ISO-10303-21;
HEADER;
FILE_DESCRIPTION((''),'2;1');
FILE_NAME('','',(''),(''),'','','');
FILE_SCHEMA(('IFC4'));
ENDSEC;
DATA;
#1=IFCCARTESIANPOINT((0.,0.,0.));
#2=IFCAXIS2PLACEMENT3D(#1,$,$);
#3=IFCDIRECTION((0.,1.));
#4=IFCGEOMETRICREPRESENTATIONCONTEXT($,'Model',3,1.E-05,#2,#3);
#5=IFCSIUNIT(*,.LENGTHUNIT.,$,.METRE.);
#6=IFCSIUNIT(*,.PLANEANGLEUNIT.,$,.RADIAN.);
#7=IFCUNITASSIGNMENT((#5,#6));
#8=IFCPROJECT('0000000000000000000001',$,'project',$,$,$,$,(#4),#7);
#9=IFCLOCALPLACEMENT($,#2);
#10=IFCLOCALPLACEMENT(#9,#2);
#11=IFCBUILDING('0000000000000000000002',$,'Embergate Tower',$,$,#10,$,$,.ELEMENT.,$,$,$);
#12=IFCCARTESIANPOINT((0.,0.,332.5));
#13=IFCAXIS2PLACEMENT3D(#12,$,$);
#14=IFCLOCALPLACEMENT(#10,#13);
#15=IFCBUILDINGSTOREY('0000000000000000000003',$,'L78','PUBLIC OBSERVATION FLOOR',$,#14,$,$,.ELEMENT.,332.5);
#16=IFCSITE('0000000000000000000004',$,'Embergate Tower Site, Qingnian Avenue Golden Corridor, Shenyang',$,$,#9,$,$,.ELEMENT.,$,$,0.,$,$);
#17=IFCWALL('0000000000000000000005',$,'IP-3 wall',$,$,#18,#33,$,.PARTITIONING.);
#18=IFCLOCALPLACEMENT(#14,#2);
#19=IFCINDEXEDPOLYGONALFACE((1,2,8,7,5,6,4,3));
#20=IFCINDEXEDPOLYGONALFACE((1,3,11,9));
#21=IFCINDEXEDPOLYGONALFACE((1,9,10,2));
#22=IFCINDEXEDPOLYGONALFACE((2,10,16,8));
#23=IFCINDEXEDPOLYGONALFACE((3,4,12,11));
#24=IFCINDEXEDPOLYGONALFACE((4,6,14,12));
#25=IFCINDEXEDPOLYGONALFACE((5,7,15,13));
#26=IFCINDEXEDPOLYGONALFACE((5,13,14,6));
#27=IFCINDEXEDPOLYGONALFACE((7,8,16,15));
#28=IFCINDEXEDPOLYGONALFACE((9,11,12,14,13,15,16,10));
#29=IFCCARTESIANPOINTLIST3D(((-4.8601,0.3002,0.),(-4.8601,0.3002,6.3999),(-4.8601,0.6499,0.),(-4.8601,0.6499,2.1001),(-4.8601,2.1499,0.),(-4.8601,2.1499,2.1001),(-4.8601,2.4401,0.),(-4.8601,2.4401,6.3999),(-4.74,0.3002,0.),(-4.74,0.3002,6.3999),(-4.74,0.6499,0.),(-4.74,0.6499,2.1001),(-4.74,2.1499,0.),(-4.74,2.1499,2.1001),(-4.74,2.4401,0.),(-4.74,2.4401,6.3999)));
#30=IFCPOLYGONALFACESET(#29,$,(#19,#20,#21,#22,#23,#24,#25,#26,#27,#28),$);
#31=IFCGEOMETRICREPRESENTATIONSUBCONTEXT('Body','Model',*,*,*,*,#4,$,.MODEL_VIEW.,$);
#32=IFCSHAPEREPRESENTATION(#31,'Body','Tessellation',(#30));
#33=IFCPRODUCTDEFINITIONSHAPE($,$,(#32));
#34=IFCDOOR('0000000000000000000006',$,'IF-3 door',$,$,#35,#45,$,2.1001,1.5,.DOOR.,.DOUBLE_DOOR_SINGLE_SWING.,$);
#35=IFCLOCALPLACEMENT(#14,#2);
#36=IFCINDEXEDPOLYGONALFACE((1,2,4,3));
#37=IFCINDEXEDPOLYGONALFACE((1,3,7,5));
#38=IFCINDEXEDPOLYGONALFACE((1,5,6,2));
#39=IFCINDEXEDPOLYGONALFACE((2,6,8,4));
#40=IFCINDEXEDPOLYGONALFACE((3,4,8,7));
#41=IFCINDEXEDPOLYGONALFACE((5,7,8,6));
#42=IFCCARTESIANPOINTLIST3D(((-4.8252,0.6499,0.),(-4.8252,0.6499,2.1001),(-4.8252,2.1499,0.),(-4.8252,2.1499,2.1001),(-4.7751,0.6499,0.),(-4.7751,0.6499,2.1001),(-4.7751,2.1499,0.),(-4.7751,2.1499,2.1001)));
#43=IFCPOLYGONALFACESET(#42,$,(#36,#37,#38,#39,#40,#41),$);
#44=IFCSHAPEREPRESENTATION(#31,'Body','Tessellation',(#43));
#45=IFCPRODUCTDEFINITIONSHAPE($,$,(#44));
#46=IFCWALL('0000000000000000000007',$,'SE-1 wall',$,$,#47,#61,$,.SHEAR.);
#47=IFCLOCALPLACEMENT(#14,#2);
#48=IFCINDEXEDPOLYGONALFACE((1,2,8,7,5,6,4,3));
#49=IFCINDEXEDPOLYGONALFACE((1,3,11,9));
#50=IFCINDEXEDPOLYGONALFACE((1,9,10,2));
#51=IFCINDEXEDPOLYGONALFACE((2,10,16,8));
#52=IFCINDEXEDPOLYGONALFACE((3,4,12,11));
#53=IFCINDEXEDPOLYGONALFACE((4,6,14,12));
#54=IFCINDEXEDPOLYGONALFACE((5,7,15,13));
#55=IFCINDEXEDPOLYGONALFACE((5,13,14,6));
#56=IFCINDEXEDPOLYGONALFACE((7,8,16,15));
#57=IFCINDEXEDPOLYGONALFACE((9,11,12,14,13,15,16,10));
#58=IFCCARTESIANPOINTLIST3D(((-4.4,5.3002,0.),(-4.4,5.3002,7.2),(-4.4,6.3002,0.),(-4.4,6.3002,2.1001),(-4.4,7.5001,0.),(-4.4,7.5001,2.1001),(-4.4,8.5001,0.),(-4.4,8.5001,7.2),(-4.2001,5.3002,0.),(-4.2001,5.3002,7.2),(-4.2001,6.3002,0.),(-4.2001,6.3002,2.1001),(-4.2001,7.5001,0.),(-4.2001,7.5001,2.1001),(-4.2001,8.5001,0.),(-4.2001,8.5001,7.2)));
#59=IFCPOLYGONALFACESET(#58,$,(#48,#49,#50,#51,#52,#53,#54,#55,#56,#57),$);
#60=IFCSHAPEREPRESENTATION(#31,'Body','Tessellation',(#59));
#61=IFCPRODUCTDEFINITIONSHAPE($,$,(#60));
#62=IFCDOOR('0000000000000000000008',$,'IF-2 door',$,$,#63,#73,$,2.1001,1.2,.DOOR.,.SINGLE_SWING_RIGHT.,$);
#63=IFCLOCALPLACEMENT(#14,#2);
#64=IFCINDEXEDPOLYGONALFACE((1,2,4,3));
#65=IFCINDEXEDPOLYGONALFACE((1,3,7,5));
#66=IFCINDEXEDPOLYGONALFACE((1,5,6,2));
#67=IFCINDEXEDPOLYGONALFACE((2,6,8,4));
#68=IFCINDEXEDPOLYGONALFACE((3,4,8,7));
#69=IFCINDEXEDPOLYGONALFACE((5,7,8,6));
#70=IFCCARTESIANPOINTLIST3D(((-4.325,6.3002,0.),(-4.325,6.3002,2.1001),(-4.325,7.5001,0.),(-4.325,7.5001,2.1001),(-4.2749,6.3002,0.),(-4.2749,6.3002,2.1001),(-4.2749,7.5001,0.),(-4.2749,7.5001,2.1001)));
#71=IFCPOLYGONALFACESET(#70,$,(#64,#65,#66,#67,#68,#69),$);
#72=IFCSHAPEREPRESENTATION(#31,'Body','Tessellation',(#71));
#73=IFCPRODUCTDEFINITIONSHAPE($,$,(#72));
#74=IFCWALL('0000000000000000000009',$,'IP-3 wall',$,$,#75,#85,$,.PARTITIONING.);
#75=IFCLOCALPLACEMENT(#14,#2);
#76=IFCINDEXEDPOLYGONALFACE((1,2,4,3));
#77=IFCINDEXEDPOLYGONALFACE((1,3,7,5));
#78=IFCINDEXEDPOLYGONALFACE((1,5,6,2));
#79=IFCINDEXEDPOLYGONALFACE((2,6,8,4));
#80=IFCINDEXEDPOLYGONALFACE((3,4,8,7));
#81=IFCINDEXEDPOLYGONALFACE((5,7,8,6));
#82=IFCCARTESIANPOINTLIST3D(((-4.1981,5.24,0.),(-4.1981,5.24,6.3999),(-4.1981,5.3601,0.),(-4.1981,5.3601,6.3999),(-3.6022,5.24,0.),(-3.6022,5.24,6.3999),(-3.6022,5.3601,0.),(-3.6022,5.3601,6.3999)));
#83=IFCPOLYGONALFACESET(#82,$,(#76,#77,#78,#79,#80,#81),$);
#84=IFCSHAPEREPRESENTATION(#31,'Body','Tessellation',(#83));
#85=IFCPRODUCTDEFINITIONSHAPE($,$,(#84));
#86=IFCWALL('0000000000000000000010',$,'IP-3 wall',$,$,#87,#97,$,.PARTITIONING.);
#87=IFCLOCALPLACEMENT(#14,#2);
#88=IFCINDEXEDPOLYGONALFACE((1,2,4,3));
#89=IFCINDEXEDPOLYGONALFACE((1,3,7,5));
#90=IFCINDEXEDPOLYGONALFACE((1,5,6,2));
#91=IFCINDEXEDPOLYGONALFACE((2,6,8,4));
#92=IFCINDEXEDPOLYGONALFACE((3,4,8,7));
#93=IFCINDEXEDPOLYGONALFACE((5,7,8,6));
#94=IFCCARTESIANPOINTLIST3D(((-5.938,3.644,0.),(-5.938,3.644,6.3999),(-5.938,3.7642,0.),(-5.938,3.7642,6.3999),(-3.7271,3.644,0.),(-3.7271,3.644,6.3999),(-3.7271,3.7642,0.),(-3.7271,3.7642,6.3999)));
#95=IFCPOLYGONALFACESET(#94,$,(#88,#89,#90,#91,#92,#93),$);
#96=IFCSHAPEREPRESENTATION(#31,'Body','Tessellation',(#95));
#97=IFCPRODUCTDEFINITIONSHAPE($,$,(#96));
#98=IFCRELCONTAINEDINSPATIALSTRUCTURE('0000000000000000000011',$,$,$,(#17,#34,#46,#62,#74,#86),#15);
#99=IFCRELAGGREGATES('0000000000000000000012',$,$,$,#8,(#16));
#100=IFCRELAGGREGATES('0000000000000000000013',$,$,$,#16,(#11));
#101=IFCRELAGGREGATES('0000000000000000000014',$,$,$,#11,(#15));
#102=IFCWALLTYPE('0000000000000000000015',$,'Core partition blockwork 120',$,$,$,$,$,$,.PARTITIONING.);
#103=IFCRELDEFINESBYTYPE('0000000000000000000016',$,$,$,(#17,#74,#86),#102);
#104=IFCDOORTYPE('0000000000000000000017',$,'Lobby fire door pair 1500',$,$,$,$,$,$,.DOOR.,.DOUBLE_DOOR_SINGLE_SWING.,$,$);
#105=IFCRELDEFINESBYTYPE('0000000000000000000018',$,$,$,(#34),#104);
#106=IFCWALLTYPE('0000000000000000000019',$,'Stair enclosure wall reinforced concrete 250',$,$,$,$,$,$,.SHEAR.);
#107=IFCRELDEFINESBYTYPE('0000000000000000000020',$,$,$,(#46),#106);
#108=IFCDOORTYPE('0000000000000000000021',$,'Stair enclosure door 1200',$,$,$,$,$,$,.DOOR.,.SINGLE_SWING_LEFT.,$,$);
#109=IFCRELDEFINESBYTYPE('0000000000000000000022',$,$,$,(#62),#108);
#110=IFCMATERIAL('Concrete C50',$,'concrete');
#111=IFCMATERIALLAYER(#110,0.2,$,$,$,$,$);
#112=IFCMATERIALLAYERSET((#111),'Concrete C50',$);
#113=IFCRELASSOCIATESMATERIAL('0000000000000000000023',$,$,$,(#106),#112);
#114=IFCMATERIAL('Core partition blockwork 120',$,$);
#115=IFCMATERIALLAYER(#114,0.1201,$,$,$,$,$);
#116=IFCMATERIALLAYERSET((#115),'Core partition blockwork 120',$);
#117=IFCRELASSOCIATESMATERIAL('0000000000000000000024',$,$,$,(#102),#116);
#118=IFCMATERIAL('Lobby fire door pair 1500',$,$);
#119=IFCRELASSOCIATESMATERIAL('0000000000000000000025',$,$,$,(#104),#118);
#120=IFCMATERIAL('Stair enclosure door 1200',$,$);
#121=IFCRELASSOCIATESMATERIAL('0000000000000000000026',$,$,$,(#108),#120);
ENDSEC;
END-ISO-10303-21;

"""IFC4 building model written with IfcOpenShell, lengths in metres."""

from ifc_helpers import new_model, si_unit, direction, frame, frame_2d, origin, place, context, subcontext, project, spatial, rectangle, extrude, source, transform, mapped, material, layer, layer_set, type_object, element, fill, save


model = new_model("IFC4")

# Units and contexts
model_context = context("Model", 3, precision=1e-05, world=origin(), true_north=direction((0.0, 1.0)))
body_context = subcontext(model_context, "Body", "Model", "MODEL_VIEW")
ifc_project = project(units=[si_unit("LENGTHUNIT", "METRE"), si_unit("PLANEANGLEUNIT", "RADIAN")], contexts=[model_context])

# Site, building, storey
site_placement = place(None, origin())
site = spatial("IfcSite", under=ifc_project, at=site_placement, Name="Embergate Tower Site, Qingnian Avenue Golden Corridor, Shenyang", CompositionType="ELEMENT", RefElevation=0.0)
building_placement = place(site_placement, origin())
building = spatial("IfcBuilding", under=site, at=building_placement, Name="Embergate Tower", CompositionType="ELEMENT")
storey_placement = place(building_placement, frame((0.0, 0.0, 332.5)))
storey = spatial("IfcBuildingStorey", under=building, at=storey_placement, Name="L78", Description="PUBLIC OBSERVATION FLOOR", CompositionType="ELEMENT", Elevation=332.5)

# Shared definitions
ifc_material_1 = material(Name="Concrete C50", Category="concrete")
ifc_layer_1 = layer(ifc_material_1, 0.2)
ifc_layer_set_1 = layer_set([ifc_layer_1], Name="Concrete C50")
wall_type_1 = type_object("IfcWallType", Name="Stair enclosure wall reinforced concrete 250", PredefinedType="SHEAR", material=ifc_layer_set_1)

# Walls, openings, doors
ifc_material_2 = material(Name="Core partition blockwork 120")
ifc_layer_2 = layer(ifc_material_2, 0.1201)
ifc_layer_set_2 = layer_set([ifc_layer_2], Name="Core partition blockwork 120")
wall_type_2 = type_object("IfcWallType", Name="Core partition blockwork 120", PredefinedType="PARTITIONING", material=ifc_layer_set_2)
shared_shape_1 = source(origin(), body_context, "Body", "SweptSolid", [
    extrude(rectangle(XDim=2.1399, YDim=0.1201, at=frame_2d((1.0698, 0.0))), origin(), (0.0, 0.0, 1.0), 6.3999),
])
wall_1_placement = place(storey_placement, frame((-4.8, 2.4399, 0.0), z_axis=(0.0, 0.0, 1.0), x_axis=(0.0, -1.0, 0.0)))
wall_1 = element("IfcWall", 1, at=wall_1_placement, inside=storey, type_object=wall_type_2, Name="IP-3 wall", PredefinedType="PARTITIONING", context=body_context, shape_type="MappedRepresentation", body=[
    mapped(shared_shape_1, transform((0.0, 0.0, 0.0))),
])
shared_shape_2 = source(origin(), body_context, "Body", "SweptSolid", [
    extrude(rectangle(XDim=1.5, YDim=2.1001, at=frame_2d((0.75, 1.05))), frame((0.0, 0.0701, 0.0), z_axis=(0.0, -1.0, 0.0), x_axis=(1.0, 0.0, 0.0)), (0.0, 0.0, 1.0), 0.1401),
])
opening_1_placement = place(wall_1_placement, frame((0.29, 0.0, 0.0)))
opening_1 = element("IfcOpeningElement", 2, at=opening_1_placement, cuts=wall_1, PredefinedType="OPENING", context=body_context, shape_type="MappedRepresentation", body=[
    mapped(shared_shape_2, transform((0.0, 0.0, 0.0))),
])
ifc_material_3 = material(Name="Lobby fire door pair 1500")
door_type_1 = type_object("IfcDoorType", Name="Lobby fire door pair 1500", OperationType="DOUBLE_DOOR_SINGLE_SWING", PredefinedType="DOOR", material=ifc_material_3)
shared_shape_3 = source(origin(), body_context, "Body", "SweptSolid", [
    extrude(rectangle(XDim=1.5, YDim=2.1001, at=frame_2d((0.75, 1.05))), frame((0.0, 0.0249, 0.0), z_axis=(0.0, -1.0, 0.0), x_axis=(1.0, 0.0, 0.0)), (0.0, 0.0, 1.0), 0.05),
])
door_1_placement = place(opening_1_placement, origin())
door_1 = element("IfcDoor", 3, at=door_1_placement, inside=storey, type_object=door_type_1, Name="IF-3 door", OperationType="DOUBLE_DOOR_SINGLE_SWING", OverallHeight=2.1001, OverallWidth=1.5, PredefinedType="DOOR", context=body_context, shape_type="MappedRepresentation", body=[
    mapped(shared_shape_3, transform((0.0, 0.0, 0.0))),
])
fill(opening_1, door_1)
shared_shape_4 = source(origin(), body_context, "Body", "SweptSolid", [
    extrude(rectangle(XDim=3.2, YDim=0.2, at=frame_2d((1.6001, 0.0))), origin(), (0.0, 0.0, 1.0), 7.2),
])
wall_2_placement = place(storey_placement, frame((-4.3, 5.3, 0.0), z_axis=(0.0, 0.0, 1.0), x_axis=(0.0, 1.0, 0.0)))
wall_2 = element("IfcWall", 4, at=wall_2_placement, inside=storey, type_object=wall_type_1, Name="SE-1 wall", PredefinedType="SHEAR", context=body_context, shape_type="MappedRepresentation", body=[
    mapped(shared_shape_4, transform((0.0, 0.0, 0.0))),
])
shared_shape_5 = source(origin(), body_context, "Body", "SweptSolid", [
    extrude(rectangle(XDim=1.2, YDim=2.1001, at=frame_2d((0.6001, 1.05))), frame((0.0, 0.1099, 0.0), z_axis=(0.0, -1.0, 0.0), x_axis=(1.0, 0.0, 0.0)), (0.0, 0.0, 1.0), 0.22),
])
opening_2_placement = place(wall_2_placement, frame((1.0, 0.0, 0.0)))
opening_2 = element("IfcOpeningElement", 5, at=opening_2_placement, cuts=wall_2, PredefinedType="OPENING", context=body_context, shape_type="MappedRepresentation", body=[
    mapped(shared_shape_5, transform((0.0, 0.0, 0.0))),
])
ifc_material_4 = material(Name="Stair enclosure door 1200")
door_type_2 = type_object("IfcDoorType", Name="Stair enclosure door 1200", OperationType="SINGLE_SWING_LEFT", PredefinedType="DOOR", material=ifc_material_4)
shared_shape_6 = source(origin(), body_context, "Body", "SweptSolid", [
    extrude(rectangle(XDim=1.2, YDim=2.1001, at=frame_2d((0.6001, 1.05))), frame((0.0, 0.0249, 0.0), z_axis=(0.0, -1.0, 0.0), x_axis=(1.0, 0.0, 0.0)), (0.0, 0.0, 1.0), 0.05),
])
door_2_placement = place(opening_2_placement, origin())
door_2 = element("IfcDoor", 6, at=door_2_placement, inside=storey, type_object=door_type_2, Name="IF-2 door", OperationType="SINGLE_SWING_RIGHT", OverallHeight=2.1001, OverallWidth=1.2, PredefinedType="DOOR", context=body_context, shape_type="MappedRepresentation", body=[
    mapped(shared_shape_6, transform((0.0, 0.0, 0.0))),
])
fill(opening_2, door_2)

# Walls
shared_shape_7 = source(origin(), body_context, "Body", "SweptSolid", [
    extrude(rectangle(XDim=0.5959, YDim=0.1201, at=frame_2d((0.2979, 0.0))), origin(), (0.0, 0.0, 1.0), 6.3999),
])
wall_3_placement = place(storey_placement, frame((-4.198, 5.3, 0.0), z_axis=(0.0, 0.0, 1.0), x_axis=(1.0, 0.0, 0.0)))
element("IfcWall", 7, at=wall_3_placement, inside=storey, type_object=wall_type_2, Name="IP-3 wall", PredefinedType="PARTITIONING", context=body_context, shape_type="MappedRepresentation", body=[
    mapped(shared_shape_7, transform((0.0, 0.0, 0.0))),
])
shared_shape_8 = source(origin(), body_context, "Body", "SweptSolid", [
    extrude(rectangle(XDim=2.2109, YDim=0.1201, at=frame_2d((1.1055, 0.0))), origin(), (0.0, 0.0, 1.0), 6.3999),
])
wall_4_placement = place(storey_placement, frame((-3.7271, 3.7041, 0.0), z_axis=(0.0, 0.0, 1.0), x_axis=(-1.0, 0.0, 0.0)))
element("IfcWall", 8, at=wall_4_placement, inside=storey, type_object=wall_type_2, Name="IP-3 wall", PredefinedType="PARTITIONING", context=body_context, shape_type="MappedRepresentation", body=[
    mapped(shared_shape_8, transform((0.0, 0.0, 0.0))),
])

save(model, "model.ifc")
